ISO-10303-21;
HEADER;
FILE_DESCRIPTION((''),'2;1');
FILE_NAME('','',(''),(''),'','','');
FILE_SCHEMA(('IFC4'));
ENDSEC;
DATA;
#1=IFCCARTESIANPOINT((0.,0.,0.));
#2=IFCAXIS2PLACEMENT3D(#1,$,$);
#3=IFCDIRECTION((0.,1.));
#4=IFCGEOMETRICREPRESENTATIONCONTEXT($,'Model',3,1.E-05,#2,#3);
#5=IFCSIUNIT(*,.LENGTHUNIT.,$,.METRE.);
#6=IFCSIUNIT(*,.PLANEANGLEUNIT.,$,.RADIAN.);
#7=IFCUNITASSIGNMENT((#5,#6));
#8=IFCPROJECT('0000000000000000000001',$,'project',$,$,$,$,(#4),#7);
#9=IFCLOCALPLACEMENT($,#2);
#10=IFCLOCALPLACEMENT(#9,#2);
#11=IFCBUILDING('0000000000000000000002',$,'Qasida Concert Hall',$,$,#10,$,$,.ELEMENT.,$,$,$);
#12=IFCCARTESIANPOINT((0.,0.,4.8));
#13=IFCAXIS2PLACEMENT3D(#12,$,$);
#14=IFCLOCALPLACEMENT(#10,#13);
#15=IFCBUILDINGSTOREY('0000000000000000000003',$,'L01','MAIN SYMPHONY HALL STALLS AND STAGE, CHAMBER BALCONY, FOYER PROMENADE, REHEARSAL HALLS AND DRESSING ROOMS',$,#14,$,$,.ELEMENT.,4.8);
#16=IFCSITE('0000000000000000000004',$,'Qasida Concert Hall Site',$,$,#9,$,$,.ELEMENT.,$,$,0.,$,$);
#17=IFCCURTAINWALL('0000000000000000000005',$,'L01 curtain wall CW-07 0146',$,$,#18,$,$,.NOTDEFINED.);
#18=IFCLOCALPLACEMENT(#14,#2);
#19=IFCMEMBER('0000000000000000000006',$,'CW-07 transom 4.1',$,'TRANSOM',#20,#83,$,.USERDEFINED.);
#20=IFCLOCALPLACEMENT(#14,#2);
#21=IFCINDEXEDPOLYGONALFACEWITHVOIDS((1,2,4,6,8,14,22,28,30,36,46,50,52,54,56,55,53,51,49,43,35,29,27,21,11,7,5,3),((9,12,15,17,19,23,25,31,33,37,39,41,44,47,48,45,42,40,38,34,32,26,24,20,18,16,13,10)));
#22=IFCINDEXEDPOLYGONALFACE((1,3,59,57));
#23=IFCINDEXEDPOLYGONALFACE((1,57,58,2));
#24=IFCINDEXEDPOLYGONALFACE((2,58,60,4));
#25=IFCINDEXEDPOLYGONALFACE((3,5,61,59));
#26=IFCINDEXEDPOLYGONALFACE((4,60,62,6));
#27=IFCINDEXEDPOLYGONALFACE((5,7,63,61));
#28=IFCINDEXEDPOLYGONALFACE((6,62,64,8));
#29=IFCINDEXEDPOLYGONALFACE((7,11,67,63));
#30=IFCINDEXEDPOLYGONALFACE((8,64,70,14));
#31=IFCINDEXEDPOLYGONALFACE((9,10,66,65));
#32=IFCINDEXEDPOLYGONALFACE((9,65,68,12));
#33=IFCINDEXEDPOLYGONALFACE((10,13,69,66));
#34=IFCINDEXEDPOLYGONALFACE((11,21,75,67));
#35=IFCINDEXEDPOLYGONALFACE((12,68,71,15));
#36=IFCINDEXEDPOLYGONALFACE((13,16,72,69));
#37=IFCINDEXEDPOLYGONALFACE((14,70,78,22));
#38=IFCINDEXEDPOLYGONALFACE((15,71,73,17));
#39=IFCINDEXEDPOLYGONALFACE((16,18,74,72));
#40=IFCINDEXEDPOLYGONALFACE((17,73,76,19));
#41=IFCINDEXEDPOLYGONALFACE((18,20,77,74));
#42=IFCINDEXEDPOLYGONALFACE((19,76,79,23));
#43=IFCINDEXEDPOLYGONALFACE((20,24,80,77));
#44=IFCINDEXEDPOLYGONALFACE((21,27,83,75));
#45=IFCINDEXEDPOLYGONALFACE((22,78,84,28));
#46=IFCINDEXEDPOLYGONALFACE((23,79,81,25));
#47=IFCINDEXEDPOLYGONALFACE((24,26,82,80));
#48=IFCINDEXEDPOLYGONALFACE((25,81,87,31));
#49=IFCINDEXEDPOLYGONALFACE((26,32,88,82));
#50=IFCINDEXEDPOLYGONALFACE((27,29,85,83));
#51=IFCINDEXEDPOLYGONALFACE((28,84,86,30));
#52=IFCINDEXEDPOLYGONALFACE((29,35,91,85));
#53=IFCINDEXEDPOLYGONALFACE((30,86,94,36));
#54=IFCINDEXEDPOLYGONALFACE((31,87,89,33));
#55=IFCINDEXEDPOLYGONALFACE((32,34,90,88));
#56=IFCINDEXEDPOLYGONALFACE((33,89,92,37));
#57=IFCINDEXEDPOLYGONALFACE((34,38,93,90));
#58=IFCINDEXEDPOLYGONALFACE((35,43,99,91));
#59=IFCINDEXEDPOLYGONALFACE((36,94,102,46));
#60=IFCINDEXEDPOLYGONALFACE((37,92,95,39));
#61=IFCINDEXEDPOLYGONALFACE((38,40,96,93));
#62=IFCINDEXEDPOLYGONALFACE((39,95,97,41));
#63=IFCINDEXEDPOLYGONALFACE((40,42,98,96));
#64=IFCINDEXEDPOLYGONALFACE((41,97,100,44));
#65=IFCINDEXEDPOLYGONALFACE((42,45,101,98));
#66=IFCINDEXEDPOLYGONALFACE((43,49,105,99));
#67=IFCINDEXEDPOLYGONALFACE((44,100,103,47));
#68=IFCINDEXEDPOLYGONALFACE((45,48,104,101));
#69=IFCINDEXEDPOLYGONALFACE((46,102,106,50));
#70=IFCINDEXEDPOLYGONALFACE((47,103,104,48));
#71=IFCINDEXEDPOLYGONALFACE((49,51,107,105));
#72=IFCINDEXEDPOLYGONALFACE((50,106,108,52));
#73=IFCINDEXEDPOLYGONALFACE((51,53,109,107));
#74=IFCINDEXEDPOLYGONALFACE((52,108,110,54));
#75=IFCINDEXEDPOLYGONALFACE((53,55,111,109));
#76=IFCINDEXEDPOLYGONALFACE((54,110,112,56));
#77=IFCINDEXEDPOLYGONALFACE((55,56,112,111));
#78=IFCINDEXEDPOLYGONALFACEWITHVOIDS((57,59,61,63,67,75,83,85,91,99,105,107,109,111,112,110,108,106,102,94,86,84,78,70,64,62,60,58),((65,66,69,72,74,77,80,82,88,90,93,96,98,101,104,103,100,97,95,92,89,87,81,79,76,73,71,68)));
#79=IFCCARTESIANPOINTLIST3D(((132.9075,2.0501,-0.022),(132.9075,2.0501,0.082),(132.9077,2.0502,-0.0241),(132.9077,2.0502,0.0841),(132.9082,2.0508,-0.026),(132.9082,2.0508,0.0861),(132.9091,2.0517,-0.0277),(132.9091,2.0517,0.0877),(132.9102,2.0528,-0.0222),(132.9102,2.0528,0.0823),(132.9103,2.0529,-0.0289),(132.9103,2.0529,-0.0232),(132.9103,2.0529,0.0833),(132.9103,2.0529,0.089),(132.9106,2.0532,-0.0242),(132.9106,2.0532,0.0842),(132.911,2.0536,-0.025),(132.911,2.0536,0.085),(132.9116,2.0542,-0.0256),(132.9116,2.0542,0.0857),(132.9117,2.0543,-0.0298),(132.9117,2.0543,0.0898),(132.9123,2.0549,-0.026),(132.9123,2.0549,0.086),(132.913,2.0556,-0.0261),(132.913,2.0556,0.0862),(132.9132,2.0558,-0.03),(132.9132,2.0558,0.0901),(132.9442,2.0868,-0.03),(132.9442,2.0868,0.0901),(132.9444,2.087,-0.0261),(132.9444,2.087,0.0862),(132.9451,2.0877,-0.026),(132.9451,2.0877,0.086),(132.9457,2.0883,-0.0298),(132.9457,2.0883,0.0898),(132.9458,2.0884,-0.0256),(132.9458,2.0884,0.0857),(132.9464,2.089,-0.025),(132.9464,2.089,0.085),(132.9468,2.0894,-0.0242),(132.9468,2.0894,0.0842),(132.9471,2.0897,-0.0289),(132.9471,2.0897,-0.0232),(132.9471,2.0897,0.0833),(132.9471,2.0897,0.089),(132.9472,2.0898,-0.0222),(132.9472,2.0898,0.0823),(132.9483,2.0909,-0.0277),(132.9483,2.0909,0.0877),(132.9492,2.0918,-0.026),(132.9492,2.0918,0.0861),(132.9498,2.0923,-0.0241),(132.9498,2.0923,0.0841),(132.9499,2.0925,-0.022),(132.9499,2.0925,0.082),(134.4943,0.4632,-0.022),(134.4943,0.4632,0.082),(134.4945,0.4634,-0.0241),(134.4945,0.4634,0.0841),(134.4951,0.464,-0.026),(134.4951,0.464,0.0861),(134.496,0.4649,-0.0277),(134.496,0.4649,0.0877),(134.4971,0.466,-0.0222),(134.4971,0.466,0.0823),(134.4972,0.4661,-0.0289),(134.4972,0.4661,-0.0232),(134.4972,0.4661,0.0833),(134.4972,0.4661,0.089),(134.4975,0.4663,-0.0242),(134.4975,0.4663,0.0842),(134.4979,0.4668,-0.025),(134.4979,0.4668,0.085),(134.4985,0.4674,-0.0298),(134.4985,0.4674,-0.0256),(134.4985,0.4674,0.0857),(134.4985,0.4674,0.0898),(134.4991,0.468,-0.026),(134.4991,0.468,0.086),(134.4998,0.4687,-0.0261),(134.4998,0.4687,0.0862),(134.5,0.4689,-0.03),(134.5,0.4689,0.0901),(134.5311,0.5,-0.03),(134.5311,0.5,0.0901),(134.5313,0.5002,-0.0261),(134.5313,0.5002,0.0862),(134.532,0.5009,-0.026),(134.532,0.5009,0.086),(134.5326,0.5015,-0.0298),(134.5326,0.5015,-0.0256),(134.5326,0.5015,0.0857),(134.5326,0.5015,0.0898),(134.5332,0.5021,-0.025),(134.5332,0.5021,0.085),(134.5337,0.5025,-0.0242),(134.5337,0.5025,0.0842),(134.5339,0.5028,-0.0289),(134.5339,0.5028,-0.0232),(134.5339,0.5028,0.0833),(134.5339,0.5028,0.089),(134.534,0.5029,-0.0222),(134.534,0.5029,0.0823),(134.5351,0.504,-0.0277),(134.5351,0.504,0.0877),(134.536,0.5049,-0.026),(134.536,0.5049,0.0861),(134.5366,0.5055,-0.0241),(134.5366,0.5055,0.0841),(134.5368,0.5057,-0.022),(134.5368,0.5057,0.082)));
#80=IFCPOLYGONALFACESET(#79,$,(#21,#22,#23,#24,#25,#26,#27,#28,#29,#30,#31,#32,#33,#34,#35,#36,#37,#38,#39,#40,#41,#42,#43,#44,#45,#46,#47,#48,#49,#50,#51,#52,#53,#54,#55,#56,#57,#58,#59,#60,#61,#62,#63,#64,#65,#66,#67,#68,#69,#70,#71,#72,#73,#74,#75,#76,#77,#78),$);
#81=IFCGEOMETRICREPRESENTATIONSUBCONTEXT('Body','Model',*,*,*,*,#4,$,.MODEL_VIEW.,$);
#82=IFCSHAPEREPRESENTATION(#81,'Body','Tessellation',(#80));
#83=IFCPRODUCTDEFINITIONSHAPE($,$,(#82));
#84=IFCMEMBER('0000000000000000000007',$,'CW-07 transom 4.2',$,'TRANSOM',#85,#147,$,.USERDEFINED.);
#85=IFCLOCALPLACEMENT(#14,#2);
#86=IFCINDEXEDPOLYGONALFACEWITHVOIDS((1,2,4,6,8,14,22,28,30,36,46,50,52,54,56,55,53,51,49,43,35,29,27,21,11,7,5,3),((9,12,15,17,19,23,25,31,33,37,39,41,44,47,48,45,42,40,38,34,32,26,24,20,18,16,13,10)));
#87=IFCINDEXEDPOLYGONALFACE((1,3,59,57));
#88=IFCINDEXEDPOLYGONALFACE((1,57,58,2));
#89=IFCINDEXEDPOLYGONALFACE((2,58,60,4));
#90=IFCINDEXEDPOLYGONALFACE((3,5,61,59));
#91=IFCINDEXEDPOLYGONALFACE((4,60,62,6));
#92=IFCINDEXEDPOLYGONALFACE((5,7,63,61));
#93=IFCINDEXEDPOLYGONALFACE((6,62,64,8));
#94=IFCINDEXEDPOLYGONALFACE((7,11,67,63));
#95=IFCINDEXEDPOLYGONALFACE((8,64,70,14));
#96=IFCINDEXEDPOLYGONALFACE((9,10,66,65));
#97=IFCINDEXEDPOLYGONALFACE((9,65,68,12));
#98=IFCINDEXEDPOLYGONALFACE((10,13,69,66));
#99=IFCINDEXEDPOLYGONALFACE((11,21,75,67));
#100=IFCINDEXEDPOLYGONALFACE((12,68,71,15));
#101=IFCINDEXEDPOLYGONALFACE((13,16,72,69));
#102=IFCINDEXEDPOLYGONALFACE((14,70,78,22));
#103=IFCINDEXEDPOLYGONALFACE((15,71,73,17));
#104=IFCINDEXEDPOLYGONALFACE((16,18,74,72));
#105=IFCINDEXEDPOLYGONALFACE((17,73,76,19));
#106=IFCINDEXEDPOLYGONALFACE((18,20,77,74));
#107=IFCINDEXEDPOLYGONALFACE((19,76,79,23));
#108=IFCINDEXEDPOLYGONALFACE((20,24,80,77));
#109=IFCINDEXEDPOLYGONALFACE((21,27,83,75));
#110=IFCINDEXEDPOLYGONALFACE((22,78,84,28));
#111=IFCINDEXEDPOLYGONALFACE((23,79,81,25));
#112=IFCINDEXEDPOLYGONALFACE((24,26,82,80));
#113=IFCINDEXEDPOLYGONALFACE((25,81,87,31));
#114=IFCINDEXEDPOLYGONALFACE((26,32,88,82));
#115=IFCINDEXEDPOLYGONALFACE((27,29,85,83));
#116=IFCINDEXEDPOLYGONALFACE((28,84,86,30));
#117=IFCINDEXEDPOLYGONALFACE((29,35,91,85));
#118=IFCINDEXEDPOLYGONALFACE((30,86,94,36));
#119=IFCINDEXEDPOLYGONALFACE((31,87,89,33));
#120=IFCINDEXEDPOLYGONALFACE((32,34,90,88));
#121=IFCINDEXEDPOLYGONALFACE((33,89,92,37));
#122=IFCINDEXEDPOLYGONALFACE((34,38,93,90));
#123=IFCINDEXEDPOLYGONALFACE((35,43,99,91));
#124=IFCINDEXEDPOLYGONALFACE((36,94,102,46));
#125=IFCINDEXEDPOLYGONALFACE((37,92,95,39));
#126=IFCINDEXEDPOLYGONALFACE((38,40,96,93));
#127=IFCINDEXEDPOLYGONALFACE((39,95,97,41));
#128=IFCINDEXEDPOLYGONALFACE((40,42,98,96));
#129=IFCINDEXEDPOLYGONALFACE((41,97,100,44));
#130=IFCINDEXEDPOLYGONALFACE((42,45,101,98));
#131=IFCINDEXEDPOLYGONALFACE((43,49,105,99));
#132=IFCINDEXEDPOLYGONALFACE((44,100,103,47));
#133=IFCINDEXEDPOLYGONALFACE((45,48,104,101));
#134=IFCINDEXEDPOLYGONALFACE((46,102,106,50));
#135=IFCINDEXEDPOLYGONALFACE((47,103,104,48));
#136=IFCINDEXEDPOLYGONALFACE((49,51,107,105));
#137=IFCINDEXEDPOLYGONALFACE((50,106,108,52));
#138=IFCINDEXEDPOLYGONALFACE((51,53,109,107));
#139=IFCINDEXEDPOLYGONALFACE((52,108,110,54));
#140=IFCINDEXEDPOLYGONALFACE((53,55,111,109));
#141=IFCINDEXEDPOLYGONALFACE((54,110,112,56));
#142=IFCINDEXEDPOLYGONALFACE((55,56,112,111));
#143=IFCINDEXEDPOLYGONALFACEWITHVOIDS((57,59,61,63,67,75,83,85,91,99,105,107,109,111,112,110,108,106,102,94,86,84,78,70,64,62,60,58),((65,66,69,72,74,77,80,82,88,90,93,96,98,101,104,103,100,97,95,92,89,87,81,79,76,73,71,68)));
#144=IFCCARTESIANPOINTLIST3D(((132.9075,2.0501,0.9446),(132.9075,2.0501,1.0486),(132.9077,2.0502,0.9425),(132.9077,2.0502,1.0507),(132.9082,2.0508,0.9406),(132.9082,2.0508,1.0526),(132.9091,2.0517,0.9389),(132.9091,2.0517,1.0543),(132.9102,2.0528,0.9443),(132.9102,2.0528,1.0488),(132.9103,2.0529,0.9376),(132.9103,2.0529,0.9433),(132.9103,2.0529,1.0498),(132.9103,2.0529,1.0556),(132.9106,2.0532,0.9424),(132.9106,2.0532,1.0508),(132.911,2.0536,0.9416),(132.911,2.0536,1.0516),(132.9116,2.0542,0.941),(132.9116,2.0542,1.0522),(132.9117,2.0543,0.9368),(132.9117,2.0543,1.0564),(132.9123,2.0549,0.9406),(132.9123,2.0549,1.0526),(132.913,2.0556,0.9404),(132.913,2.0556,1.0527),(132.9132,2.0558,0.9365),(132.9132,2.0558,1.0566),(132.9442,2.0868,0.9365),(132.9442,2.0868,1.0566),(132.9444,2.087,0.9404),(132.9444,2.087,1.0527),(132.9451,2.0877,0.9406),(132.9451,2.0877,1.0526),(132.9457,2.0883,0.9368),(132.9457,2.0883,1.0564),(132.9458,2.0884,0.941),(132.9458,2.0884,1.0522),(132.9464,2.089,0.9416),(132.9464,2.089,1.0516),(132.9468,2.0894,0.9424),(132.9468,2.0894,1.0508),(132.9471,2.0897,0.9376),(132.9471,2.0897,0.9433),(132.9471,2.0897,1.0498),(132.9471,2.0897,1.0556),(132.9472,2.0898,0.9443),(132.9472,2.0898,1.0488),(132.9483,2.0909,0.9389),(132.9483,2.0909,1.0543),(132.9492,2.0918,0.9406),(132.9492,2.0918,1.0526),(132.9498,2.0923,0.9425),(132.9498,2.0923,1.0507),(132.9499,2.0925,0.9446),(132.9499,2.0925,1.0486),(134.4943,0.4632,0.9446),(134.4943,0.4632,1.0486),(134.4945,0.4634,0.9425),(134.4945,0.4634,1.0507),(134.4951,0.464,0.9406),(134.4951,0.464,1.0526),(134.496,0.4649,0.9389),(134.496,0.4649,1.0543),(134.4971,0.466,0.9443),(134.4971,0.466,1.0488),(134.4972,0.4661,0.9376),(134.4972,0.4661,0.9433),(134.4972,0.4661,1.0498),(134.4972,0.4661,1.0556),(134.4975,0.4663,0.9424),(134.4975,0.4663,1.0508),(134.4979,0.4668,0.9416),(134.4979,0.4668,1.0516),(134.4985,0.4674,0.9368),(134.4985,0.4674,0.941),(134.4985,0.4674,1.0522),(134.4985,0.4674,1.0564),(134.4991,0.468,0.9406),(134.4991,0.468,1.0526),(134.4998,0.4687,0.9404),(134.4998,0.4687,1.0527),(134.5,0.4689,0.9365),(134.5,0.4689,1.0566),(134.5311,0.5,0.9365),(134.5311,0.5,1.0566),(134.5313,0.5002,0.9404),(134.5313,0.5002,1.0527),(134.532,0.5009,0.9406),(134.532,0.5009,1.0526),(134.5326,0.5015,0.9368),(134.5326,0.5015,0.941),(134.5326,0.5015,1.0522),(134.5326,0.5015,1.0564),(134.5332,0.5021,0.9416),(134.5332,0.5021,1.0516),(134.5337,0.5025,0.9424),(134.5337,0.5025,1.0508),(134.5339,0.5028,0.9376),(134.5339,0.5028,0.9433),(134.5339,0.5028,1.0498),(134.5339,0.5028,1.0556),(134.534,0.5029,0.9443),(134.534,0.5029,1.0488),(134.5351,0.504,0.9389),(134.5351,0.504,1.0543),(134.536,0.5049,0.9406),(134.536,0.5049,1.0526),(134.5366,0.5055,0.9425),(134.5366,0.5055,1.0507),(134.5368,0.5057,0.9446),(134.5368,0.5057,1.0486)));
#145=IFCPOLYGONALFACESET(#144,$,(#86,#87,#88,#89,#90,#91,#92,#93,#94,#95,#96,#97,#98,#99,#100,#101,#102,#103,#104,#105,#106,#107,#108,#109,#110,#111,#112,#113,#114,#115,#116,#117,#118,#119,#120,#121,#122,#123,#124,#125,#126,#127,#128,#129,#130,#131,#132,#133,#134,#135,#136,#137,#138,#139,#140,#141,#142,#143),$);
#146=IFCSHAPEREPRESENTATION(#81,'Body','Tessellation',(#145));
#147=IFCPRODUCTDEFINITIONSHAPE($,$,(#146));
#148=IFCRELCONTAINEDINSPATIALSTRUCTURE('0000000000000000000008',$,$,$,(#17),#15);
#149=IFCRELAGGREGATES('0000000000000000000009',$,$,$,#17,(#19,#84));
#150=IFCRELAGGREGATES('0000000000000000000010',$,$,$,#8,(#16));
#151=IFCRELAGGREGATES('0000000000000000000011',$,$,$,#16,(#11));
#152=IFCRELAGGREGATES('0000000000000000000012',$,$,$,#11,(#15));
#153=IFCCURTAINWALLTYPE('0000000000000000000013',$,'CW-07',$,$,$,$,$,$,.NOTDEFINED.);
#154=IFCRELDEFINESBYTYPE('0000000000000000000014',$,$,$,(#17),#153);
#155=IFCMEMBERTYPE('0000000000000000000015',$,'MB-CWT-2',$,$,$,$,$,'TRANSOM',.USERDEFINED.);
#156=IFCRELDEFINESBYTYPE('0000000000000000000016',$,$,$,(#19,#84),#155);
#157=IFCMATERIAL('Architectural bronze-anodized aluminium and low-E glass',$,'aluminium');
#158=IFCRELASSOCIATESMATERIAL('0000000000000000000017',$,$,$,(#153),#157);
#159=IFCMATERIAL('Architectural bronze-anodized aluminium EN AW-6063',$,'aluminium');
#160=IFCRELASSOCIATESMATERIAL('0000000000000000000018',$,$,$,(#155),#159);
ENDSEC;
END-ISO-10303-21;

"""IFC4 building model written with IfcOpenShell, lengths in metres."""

from ifc_helpers import new_model, si_unit, direction, frame, origin, origin_2d, place, context, subcontext, project, spatial, hollow_rectangle, extrude, material, material_profile, profile_set, type_object, element, aggregate, save


model = new_model("IFC4")

# Units and contexts
model_context = context("Model", 3, precision=1e-05, world=origin(), true_north=direction((0.0, 1.0)))
body_context = subcontext(model_context, "Body", "Model", "MODEL_VIEW")
ifc_project = project(units=[si_unit("LENGTHUNIT", "METRE"), si_unit("PLANEANGLEUNIT", "RADIAN")], contexts=[model_context])

# Site, building, storey
site_placement = place(None, origin())
site = spatial("IfcSite", under=ifc_project, at=site_placement, Name="Qasida Concert Hall Site", CompositionType="ELEMENT", RefElevation=0.0)
building_placement = place(site_placement, origin())
building = spatial("IfcBuilding", under=site, at=building_placement, Name="Qasida Concert Hall", CompositionType="ELEMENT")
storey_placement = place(building_placement, frame((0.0, 0.0, 4.8)))
storey = spatial("IfcBuildingStorey", under=building, at=storey_placement, Name="L01", Description="MAIN SYMPHONY HALL STALLS AND STAGE, CHAMBER BALCONY, FOYER PROMENADE, REHEARSAL HALLS AND DRESSING ROOMS", CompositionType="ELEMENT", Elevation=4.8)

# Curtain wall, members
ifc_material_1 = material(Name="Architectural bronze-anodized aluminium and low-E glass", Category="aluminium")
curtain_wall_type = type_object("IfcCurtainWallType", Name="CW-07", PredefinedType="NOTDEFINED", material=ifc_material_1)
curtain_wall_placement = place(storey_placement, origin())
curtain_wall = element("IfcCurtainWall", 1, at=curtain_wall_placement, inside=storey, type_object=curtain_wall_type, Name="L01 curtain wall CW-07 0146", PredefinedType="NOTDEFINED")
ifc_material_2 = material(Name="Architectural bronze-anodized aluminium EN AW-6063", Category="aluminium")
ifc_material_profile_1 = material_profile(ifc_material_2, hollow_rectangle(XDim=0.0601, YDim=0.1201, WallThickness=0.0039, InnerFilletRadius=0.0039, OuterFilletRadius=0.0081, at=origin_2d()), Name="CWT 120x60x4")
ifc_profile_set_1 = profile_set([ifc_material_profile_1], Name="Architectural bronze-anodized aluminium EN AW-6063")
member_type_1 = type_object("IfcMemberType", Name="MB-CWT-2", ElementType="TRANSOM", PredefinedType="USERDEFINED", material=ifc_profile_set_1)
member_1_placement = place(storey_placement, frame((132.9287, 2.0713, 0.03), z_axis=(0.707107, -0.707107, 0.0), x_axis=(0.707107, 0.707107, 0.0)))
member_1 = element("IfcMember", 2, at=member_1_placement, type_object=member_type_1, Name="CW-07 transom 4.1", ObjectType="TRANSOM", PredefinedType="USERDEFINED", context=body_context, shape_type="SweptSolid", body=[
    extrude(hollow_rectangle(XDim=0.0601, YDim=0.1201, WallThickness=0.0039, InnerFilletRadius=0.0039, OuterFilletRadius=0.0081, at=origin_2d()), origin(), (0.0, 0.0, 1.0), 2.2441),
])
member_2_placement = place(storey_placement, frame((132.9287, 2.0713, 0.9966), z_axis=(0.707107, -0.707107, 0.0), x_axis=(0.707107, 0.707107, 0.0)))
member_2 = element("IfcMember", 3, at=member_2_placement, type_object=member_type_1, Name="CW-07 transom 4.2", ObjectType="TRANSOM", PredefinedType="USERDEFINED", context=body_context, shape_type="SweptSolid", body=[
    extrude(hollow_rectangle(XDim=0.0601, YDim=0.1201, WallThickness=0.0039, InnerFilletRadius=0.0039, OuterFilletRadius=0.0081, at=origin_2d()), origin(), (0.0, 0.0, 1.0), 2.2441),
])
aggregate(curtain_wall, [member_1, member_2])

save(model, "model.ifc")
